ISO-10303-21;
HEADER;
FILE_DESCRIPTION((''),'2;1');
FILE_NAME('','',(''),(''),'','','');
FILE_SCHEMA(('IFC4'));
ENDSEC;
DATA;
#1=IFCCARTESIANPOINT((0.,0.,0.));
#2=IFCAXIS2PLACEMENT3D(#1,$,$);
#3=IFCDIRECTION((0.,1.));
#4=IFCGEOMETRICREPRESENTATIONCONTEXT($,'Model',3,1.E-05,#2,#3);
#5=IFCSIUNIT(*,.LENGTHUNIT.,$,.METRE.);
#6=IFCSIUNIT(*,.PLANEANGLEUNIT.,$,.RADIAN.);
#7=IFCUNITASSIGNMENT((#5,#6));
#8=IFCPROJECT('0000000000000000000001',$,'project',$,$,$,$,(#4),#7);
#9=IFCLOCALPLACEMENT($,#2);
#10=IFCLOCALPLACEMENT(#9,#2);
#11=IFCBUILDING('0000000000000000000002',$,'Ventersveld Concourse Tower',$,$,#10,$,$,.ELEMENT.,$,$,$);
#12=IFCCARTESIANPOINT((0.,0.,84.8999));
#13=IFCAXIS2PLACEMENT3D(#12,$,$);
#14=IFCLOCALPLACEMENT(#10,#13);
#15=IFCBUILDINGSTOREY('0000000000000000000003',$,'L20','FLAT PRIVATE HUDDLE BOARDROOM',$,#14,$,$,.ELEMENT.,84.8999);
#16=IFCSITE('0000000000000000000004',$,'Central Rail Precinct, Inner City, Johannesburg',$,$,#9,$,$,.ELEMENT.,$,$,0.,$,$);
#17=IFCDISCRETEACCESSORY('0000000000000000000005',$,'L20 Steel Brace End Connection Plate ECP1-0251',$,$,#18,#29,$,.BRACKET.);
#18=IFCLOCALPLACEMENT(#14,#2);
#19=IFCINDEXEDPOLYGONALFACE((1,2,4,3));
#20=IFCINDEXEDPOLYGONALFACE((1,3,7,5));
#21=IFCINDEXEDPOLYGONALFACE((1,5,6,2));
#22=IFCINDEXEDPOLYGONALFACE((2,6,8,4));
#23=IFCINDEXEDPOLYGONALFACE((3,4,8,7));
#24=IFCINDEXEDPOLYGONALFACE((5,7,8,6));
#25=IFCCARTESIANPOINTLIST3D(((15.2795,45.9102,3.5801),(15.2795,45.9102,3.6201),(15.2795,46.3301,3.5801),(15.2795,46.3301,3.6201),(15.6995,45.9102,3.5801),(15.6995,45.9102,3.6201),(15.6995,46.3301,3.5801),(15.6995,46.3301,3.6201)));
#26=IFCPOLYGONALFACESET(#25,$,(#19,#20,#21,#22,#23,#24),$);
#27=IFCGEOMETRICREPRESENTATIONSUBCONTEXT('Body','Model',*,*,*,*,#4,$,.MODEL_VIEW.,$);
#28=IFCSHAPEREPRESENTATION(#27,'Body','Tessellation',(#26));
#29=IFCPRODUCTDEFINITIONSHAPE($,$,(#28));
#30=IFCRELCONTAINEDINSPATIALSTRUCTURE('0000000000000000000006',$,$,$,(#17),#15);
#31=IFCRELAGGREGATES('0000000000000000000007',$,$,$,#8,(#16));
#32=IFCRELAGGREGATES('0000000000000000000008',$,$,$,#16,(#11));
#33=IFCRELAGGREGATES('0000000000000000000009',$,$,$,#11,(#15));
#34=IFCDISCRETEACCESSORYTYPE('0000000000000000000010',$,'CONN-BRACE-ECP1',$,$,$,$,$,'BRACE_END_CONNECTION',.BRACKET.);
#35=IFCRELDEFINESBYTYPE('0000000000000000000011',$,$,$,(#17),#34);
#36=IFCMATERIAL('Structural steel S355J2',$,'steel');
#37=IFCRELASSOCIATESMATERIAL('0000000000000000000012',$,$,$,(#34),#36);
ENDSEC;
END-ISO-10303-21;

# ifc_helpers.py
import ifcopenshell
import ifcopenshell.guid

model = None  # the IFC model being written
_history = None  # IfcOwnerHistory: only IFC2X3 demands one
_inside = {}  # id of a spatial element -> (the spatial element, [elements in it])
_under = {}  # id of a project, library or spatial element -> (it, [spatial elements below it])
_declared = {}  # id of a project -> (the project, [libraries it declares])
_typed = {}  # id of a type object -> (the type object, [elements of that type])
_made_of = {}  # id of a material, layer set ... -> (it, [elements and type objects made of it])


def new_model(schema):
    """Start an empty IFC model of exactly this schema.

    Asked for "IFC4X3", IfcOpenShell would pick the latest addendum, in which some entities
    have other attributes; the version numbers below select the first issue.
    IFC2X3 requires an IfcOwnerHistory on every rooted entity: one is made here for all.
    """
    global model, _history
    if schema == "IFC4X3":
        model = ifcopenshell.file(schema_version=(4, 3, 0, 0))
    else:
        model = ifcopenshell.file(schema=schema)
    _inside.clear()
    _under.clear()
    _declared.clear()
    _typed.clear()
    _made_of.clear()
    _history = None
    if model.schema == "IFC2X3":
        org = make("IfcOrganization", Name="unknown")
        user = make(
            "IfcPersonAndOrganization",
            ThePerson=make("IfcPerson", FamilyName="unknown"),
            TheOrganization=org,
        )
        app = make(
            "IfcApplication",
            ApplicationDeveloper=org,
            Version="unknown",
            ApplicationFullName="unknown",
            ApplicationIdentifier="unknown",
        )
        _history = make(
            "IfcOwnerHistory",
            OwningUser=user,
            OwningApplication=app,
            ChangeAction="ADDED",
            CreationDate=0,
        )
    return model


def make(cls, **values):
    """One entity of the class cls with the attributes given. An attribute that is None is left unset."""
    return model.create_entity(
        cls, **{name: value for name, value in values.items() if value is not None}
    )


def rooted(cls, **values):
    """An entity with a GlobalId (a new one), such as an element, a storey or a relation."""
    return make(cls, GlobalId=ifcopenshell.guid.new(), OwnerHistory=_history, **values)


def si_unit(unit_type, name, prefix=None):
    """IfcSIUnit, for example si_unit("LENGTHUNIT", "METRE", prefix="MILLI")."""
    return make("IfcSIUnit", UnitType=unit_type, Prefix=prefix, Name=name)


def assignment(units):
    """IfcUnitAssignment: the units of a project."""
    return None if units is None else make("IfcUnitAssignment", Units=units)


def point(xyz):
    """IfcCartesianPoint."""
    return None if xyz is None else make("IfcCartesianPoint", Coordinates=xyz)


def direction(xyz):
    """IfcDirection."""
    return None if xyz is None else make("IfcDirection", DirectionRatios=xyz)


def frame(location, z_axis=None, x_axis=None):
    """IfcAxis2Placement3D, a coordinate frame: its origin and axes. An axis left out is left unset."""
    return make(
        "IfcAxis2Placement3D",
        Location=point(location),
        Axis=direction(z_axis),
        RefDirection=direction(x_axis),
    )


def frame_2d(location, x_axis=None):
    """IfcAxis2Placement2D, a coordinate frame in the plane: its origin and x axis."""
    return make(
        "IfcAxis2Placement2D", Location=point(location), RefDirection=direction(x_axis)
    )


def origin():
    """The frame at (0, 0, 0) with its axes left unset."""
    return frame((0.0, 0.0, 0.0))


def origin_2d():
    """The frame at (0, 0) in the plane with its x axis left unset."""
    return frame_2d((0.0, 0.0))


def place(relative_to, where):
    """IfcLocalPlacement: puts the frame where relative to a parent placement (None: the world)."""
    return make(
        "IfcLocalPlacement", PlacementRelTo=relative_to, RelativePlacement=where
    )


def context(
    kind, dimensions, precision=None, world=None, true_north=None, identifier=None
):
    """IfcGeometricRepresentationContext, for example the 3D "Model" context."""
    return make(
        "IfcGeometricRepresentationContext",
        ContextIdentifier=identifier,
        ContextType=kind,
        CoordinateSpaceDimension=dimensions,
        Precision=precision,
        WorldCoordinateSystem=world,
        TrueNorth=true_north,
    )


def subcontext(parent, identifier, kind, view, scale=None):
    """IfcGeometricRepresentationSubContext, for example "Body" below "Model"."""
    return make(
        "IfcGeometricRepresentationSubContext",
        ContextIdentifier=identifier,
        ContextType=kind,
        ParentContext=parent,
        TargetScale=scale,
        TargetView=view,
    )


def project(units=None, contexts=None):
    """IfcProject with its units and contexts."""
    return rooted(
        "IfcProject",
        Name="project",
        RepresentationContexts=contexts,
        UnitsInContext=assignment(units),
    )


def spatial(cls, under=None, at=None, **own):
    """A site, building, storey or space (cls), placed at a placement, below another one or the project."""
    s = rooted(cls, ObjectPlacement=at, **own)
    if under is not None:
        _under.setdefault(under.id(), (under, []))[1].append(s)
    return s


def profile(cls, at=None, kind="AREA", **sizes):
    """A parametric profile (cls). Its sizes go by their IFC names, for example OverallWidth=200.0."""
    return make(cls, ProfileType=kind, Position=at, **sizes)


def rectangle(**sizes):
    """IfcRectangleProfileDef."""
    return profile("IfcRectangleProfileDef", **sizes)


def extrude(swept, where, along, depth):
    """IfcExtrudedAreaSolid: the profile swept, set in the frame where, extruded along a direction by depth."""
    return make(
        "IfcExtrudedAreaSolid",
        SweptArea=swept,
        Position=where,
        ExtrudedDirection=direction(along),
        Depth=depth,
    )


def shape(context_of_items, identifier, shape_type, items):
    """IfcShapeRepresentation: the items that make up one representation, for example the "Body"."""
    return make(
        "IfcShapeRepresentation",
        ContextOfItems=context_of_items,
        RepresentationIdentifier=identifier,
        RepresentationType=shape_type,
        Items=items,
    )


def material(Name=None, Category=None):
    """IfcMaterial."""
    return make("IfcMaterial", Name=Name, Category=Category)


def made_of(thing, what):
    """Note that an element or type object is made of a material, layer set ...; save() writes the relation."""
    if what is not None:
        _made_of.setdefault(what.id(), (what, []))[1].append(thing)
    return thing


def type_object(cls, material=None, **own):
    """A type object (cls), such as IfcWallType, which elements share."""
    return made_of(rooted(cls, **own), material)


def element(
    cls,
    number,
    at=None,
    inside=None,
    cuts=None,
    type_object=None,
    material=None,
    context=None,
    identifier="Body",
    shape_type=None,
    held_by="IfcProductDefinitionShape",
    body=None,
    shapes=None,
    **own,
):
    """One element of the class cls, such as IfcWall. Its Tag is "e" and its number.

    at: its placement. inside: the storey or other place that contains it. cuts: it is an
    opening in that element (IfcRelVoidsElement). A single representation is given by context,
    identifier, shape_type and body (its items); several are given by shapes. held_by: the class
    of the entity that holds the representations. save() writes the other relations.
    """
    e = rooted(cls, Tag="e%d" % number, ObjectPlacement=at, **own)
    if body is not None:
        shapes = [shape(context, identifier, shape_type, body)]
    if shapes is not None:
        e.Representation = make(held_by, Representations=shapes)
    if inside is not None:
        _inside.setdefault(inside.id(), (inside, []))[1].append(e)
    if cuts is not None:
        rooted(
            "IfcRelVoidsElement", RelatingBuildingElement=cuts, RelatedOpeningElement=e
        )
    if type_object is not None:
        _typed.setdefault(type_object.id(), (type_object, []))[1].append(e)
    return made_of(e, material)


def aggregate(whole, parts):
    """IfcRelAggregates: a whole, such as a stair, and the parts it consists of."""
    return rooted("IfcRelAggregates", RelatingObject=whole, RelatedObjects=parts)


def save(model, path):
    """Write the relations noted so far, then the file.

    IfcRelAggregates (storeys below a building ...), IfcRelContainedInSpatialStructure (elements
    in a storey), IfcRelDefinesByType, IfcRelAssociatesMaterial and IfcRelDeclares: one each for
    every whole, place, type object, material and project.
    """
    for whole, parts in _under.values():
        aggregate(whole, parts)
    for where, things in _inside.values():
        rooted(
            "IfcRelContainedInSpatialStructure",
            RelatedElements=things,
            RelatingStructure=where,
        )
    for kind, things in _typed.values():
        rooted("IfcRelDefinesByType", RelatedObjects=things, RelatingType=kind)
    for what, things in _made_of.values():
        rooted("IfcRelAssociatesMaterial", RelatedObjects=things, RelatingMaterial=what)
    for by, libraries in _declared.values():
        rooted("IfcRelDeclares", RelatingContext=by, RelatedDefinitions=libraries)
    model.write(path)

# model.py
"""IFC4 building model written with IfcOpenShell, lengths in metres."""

from ifc_helpers import new_model, si_unit, direction, frame, origin, origin_2d, place, context, subcontext, project, spatial, rectangle, extrude, material, type_object, element, save


model = new_model("IFC4")

# Units and contexts
model_context = context("Model", 3, precision=1e-05, world=origin(), true_north=direction((0.0, 1.0)))
body_context = subcontext(model_context, "Body", "Model", "MODEL_VIEW")
ifc_project = project(units=[si_unit("LENGTHUNIT", "METRE"), si_unit("PLANEANGLEUNIT", "RADIAN")], contexts=[model_context])

# Site, building, storey
site_placement = place(None, origin())
site = spatial("IfcSite", under=ifc_project, at=site_placement, Name="Central Rail Precinct, Inner City, Johannesburg", CompositionType="ELEMENT", RefElevation=0.0)
building_placement = place(site_placement, origin())
building = spatial("IfcBuilding", under=site, at=building_placement, Name="Ventersveld Concourse Tower", CompositionType="ELEMENT")
storey_placement = place(building_placement, frame((0.0, 0.0, 84.8999)))
storey = spatial("IfcBuildingStorey", under=building, at=storey_placement, Name="L20", Description="FLAT PRIVATE HUDDLE BOARDROOM", CompositionType="ELEMENT", Elevation=84.8999)

# Shared definitions
ifc_material_1 = material(Name="Structural steel S355J2", Category="steel")

# Discrete accessory
discrete_accessory_type = type_object("IfcDiscreteAccessoryType", Name="CONN-BRACE-ECP1", ElementType="BRACE_END_CONNECTION", PredefinedType="BRACKET", material=ifc_material_1)
discrete_accessory_placement = place(storey_placement, frame((15.4895, 46.1201, 3.5801), z_axis=(0.0, 0.0, 1.0), x_axis=(1.0, 0.0, 0.0)))
element("IfcDiscreteAccessory", 1, at=discrete_accessory_placement, inside=storey, type_object=discrete_accessory_type, Name="L20 Steel Brace End Connection Plate ECP1-0251", PredefinedType="BRACKET", context=body_context, shape_type="SweptSolid", body=[
    extrude(rectangle(XDim=0.4199, YDim=0.4199, at=origin_2d()), origin(), (0.0, 0.0, 1.0), 0.04),
])

save(model, "model.ifc")
